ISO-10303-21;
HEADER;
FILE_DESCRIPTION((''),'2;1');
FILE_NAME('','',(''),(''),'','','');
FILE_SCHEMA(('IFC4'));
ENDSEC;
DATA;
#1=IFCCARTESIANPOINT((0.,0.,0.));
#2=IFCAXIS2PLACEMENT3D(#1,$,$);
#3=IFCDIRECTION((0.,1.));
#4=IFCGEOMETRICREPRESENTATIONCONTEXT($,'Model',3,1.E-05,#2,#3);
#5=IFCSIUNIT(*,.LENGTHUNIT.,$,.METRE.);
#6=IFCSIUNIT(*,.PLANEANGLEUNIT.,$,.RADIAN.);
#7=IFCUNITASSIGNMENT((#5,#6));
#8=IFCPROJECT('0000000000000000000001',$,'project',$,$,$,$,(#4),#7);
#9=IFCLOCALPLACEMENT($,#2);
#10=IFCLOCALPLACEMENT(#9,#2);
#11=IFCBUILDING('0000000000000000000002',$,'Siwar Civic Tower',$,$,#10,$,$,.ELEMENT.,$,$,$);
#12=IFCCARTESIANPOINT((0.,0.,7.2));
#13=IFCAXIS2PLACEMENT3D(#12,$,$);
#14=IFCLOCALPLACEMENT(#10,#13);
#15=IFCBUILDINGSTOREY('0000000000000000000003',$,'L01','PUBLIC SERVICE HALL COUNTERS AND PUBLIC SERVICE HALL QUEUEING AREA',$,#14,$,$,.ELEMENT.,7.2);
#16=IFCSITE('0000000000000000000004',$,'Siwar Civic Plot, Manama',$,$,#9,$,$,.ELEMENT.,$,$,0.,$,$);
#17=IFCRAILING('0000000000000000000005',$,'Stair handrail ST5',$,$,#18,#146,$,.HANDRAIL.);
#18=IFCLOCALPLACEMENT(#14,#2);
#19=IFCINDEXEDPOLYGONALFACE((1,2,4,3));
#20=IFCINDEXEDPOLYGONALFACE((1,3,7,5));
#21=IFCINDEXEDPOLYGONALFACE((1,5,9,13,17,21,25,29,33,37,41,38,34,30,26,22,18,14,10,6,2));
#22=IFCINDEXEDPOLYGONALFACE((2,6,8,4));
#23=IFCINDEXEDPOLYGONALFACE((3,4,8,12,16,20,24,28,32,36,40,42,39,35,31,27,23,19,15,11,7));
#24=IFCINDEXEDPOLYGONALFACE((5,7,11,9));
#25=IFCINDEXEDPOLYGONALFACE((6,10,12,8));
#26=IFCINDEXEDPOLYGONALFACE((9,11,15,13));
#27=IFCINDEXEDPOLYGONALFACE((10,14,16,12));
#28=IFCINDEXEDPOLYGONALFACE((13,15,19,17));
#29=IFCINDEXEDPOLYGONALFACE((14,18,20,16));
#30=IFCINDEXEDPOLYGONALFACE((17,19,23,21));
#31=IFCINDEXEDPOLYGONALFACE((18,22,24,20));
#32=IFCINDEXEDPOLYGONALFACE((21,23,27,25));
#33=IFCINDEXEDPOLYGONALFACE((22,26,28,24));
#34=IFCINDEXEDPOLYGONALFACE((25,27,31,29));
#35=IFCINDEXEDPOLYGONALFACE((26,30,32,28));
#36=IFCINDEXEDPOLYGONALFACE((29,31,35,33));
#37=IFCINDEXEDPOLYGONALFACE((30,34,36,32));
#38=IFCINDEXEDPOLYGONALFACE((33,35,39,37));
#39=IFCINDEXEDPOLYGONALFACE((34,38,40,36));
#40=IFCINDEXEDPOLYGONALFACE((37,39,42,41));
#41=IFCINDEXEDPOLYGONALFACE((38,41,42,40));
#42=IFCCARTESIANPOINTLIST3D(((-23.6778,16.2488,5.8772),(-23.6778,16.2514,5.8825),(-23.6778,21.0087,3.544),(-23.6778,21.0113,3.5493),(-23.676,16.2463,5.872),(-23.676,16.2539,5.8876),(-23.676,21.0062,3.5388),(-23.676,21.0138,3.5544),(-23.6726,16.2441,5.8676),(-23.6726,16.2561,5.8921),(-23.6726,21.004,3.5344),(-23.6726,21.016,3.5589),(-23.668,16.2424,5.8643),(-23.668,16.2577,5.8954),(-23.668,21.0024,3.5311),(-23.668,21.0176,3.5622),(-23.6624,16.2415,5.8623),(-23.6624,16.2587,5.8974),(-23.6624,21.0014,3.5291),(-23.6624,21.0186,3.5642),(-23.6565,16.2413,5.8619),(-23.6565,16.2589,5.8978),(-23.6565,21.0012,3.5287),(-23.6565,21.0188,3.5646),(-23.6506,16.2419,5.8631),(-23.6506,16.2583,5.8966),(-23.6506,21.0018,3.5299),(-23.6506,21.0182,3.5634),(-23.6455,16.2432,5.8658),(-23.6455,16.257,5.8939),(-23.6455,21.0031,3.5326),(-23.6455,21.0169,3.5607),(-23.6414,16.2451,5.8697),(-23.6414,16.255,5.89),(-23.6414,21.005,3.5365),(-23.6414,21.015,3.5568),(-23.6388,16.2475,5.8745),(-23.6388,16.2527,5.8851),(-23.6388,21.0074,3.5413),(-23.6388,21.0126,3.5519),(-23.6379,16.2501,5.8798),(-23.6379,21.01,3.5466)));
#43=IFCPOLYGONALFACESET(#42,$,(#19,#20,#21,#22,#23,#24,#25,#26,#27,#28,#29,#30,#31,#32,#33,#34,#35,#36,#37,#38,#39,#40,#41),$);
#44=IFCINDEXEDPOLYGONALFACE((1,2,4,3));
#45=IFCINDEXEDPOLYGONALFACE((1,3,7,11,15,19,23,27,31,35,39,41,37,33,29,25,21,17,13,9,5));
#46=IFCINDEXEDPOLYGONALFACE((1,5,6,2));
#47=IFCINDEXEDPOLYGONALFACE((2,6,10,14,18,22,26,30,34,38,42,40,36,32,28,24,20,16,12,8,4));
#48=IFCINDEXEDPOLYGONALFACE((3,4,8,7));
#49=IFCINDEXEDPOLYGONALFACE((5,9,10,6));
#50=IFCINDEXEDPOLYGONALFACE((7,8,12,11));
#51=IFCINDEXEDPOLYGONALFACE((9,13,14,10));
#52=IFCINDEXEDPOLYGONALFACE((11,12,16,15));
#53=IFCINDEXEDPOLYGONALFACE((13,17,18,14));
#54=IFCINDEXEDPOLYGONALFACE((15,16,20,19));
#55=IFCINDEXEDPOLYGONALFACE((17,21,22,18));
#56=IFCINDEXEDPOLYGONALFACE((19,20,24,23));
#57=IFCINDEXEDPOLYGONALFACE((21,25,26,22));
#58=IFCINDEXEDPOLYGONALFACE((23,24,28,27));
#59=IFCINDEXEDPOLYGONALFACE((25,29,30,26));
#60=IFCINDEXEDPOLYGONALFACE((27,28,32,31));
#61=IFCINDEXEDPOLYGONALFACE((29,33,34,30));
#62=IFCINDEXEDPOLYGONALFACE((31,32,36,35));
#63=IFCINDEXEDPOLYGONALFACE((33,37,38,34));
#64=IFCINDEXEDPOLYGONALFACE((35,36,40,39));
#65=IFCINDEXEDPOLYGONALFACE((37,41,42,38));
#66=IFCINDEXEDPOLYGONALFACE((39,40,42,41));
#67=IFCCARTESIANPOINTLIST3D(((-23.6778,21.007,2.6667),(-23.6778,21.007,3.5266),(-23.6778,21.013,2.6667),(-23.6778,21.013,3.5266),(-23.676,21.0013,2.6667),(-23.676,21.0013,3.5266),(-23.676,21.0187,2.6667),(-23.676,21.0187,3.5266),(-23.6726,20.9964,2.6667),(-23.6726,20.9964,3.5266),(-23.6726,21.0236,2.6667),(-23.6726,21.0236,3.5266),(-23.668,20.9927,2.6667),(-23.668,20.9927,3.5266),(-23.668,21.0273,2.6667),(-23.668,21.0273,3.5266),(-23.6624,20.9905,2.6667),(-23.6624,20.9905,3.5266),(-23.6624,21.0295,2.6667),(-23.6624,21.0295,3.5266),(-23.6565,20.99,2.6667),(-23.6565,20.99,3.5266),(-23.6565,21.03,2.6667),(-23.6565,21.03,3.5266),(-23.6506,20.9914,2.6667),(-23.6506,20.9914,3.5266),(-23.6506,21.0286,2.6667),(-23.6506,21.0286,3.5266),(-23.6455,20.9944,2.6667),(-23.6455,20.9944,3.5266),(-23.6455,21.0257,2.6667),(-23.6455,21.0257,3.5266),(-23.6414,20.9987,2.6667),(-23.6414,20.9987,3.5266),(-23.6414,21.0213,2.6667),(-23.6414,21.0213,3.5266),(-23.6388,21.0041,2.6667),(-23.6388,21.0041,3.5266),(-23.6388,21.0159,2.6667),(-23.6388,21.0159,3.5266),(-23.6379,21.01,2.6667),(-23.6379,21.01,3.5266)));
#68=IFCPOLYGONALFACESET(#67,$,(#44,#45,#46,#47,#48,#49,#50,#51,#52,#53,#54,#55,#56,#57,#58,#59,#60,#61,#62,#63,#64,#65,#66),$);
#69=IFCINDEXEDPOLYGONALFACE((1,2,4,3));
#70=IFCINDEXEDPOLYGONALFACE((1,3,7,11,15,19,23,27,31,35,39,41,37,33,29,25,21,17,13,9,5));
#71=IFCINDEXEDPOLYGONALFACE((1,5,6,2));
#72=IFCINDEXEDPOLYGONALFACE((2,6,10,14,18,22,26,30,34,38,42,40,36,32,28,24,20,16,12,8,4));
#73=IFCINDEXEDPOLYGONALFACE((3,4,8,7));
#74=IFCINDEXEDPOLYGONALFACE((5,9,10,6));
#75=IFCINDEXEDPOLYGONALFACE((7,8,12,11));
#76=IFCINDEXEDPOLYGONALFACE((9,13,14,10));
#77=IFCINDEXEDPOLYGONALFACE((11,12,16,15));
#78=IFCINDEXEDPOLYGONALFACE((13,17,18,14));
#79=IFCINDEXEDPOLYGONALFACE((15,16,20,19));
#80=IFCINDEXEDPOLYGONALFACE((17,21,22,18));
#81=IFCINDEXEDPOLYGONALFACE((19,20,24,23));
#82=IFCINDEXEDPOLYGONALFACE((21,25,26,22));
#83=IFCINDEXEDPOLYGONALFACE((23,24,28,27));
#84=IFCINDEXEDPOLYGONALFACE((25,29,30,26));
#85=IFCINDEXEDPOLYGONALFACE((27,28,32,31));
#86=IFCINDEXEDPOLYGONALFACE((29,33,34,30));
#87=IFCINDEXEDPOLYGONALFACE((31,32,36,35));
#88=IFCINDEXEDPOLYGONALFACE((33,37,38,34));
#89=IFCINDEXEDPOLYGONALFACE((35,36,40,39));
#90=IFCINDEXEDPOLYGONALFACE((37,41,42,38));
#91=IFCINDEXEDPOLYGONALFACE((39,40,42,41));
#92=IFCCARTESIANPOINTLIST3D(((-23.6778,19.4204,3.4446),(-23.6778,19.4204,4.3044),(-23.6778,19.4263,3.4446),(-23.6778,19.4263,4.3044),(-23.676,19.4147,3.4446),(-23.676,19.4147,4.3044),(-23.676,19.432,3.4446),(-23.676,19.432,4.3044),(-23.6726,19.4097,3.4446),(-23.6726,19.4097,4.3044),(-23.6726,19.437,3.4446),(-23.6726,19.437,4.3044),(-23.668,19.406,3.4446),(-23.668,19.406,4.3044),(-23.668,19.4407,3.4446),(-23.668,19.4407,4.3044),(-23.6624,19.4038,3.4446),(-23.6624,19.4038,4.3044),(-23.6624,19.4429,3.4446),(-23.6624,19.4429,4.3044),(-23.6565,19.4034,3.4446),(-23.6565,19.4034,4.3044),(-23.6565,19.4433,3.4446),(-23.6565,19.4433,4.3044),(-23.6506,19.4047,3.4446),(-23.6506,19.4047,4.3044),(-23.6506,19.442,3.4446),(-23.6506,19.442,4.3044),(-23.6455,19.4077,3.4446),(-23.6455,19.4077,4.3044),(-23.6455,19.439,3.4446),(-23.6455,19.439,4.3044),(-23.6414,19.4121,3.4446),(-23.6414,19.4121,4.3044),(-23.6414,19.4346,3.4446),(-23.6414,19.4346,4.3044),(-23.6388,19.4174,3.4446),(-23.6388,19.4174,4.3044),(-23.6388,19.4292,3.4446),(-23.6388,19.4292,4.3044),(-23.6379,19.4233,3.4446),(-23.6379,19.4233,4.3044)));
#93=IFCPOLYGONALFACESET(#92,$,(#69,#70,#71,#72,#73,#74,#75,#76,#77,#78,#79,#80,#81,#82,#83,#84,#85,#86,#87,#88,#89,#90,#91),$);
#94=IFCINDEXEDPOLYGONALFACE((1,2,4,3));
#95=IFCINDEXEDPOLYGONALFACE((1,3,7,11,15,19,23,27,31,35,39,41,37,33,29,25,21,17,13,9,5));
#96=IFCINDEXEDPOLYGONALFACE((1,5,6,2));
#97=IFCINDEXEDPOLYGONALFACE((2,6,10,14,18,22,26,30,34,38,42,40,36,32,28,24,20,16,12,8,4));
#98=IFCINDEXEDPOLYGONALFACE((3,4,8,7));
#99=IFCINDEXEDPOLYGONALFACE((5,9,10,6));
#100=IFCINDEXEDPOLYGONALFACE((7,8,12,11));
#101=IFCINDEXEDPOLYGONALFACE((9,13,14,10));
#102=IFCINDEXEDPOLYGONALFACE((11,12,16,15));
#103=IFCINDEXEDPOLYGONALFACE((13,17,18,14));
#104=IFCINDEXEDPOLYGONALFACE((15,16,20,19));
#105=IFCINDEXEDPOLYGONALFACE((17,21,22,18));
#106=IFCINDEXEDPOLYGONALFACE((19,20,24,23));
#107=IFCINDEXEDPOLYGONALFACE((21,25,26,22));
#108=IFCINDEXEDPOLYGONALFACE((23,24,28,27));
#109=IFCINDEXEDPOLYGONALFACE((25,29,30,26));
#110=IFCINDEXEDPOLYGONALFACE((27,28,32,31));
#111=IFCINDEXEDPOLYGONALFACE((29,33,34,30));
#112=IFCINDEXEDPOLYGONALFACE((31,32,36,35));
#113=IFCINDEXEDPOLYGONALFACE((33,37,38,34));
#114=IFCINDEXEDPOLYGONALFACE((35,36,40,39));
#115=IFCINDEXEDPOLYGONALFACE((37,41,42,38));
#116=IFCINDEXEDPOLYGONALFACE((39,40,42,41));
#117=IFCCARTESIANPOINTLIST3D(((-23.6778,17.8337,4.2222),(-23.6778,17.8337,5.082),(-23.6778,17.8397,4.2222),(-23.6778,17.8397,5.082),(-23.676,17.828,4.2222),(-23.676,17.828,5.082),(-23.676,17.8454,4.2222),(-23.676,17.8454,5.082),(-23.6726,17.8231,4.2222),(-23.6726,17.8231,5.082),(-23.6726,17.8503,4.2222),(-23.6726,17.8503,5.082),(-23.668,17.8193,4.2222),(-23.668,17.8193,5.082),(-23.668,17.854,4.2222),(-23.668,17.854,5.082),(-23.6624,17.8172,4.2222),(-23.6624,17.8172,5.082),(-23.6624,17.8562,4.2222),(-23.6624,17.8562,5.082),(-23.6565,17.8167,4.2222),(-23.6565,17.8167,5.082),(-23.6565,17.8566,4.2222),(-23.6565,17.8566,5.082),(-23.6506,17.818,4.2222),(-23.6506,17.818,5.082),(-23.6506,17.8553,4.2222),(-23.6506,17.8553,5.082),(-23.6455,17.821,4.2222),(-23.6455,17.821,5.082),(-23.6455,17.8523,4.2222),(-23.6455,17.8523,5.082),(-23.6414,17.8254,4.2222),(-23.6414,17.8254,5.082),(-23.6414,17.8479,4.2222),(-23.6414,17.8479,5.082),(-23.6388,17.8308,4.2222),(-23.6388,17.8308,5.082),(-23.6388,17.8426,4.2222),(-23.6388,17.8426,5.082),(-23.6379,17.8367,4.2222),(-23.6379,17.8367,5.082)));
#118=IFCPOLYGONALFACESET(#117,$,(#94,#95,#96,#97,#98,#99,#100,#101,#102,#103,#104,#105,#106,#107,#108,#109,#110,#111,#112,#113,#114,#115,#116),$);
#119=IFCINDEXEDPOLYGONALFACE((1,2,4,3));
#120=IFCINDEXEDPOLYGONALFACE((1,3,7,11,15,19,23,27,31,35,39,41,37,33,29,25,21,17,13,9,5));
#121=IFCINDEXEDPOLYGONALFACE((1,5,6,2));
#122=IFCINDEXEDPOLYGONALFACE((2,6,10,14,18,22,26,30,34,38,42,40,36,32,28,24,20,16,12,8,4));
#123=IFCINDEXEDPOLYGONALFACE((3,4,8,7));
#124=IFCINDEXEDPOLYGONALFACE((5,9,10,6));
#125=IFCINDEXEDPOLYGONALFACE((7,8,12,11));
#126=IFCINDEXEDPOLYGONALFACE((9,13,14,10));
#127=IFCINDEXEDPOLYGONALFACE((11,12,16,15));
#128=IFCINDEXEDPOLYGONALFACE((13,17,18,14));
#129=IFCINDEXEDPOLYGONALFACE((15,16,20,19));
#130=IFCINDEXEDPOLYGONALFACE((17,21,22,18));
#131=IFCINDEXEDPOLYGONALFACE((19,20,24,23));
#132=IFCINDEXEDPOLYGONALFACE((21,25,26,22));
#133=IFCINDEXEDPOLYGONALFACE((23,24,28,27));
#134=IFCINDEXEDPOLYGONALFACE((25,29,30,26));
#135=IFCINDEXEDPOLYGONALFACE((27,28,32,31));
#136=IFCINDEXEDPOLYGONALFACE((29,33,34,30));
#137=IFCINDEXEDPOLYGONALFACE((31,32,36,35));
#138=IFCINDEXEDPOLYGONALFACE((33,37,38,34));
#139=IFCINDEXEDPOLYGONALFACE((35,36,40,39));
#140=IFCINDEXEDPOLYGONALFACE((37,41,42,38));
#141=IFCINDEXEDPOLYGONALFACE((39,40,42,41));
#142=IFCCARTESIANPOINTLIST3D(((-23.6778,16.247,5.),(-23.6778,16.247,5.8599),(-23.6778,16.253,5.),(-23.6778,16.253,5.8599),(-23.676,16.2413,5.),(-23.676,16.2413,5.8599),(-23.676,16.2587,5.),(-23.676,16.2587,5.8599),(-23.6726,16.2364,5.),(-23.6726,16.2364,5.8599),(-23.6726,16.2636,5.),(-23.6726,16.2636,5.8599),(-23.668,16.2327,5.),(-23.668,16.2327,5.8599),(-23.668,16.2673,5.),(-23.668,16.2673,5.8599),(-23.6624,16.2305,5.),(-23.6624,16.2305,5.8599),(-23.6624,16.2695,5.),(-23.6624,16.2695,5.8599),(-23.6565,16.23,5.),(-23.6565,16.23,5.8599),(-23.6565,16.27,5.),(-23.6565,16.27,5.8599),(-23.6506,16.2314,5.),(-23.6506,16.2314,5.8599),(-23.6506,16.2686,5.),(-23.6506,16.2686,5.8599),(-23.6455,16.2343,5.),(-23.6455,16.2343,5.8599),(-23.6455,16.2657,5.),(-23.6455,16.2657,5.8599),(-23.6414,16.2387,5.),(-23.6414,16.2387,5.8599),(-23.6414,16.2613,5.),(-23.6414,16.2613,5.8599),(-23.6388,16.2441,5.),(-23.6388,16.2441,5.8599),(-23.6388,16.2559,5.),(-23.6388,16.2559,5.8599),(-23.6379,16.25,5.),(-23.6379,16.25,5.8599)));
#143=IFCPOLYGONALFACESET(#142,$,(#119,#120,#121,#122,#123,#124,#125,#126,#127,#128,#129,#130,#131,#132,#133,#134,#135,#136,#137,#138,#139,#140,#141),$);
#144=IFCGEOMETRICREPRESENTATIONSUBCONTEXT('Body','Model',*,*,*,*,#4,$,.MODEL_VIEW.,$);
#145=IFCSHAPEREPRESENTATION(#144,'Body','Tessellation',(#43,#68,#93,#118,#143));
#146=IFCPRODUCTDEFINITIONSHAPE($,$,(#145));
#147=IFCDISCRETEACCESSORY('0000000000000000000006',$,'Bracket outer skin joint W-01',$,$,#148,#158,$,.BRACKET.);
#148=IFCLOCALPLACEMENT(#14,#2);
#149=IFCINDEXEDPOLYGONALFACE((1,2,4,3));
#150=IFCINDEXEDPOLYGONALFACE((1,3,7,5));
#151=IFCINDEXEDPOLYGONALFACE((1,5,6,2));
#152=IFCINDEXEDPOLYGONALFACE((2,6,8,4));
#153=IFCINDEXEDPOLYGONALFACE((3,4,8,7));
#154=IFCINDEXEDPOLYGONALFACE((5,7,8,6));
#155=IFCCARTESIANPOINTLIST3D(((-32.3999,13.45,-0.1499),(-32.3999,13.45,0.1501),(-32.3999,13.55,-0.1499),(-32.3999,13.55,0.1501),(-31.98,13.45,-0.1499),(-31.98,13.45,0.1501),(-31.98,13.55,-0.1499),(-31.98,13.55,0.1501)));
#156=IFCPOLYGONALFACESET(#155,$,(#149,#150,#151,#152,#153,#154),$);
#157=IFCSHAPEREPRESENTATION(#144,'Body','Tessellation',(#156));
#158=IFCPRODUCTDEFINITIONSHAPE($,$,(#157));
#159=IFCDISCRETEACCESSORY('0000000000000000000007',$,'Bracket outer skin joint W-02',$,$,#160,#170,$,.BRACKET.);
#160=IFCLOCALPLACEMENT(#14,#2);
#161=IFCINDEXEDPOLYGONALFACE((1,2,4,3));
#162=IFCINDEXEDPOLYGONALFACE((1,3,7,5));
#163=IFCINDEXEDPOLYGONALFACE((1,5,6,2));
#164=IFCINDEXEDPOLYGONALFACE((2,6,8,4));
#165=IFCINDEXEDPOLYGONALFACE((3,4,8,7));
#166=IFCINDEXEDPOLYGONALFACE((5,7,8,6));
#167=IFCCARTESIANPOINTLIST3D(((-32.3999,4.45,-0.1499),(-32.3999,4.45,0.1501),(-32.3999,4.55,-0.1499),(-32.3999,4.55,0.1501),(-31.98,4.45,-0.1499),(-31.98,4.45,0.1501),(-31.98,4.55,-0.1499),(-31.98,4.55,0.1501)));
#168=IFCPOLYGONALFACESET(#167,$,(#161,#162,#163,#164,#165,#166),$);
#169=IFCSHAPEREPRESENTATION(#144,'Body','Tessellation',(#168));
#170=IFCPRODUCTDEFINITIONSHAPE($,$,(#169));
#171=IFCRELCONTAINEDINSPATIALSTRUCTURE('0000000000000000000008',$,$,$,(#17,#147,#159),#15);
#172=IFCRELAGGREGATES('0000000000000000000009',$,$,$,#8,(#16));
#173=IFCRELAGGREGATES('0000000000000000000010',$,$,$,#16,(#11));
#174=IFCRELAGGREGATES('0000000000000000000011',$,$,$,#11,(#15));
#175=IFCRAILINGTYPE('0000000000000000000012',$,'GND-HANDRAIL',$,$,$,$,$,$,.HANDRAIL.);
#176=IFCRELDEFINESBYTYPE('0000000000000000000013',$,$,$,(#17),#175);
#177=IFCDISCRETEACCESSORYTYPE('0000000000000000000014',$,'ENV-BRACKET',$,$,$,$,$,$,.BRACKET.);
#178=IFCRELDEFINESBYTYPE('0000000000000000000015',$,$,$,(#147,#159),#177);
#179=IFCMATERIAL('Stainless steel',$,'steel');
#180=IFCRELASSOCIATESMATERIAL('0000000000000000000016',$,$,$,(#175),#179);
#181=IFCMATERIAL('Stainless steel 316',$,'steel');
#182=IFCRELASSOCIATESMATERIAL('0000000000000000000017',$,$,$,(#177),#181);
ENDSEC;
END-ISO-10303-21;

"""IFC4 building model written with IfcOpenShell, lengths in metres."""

from ifc_helpers import new_model, si_unit, direction, frame, origin, origin_2d, place, context, subcontext, project, spatial, rectangle, circle, extrude, material, type_object, element, save


model = new_model("IFC4")

# Units and contexts
model_context = context("Model", 3, precision=1e-05, world=origin(), true_north=direction((0.0, 1.0)))
body_context = subcontext(model_context, "Body", "Model", "MODEL_VIEW")
ifc_project = project(units=[si_unit("LENGTHUNIT", "METRE"), si_unit("PLANEANGLEUNIT", "RADIAN")], contexts=[model_context])

# Site, building, storey
site_placement = place(None, origin())
site = spatial("IfcSite", under=ifc_project, at=site_placement, Name="Siwar Civic Plot, Manama", CompositionType="ELEMENT", RefElevation=0.0)
building_placement = place(site_placement, origin())
building = spatial("IfcBuilding", under=site, at=building_placement, Name="Siwar Civic Tower", CompositionType="ELEMENT")
storey_placement = place(building_placement, frame((0.0, 0.0, 7.2)))
storey = spatial("IfcBuildingStorey", under=building, at=storey_placement, Name="L01", Description="PUBLIC SERVICE HALL COUNTERS AND PUBLIC SERVICE HALL QUEUEING AREA", CompositionType="ELEMENT", Elevation=7.2)

# Railing
ifc_material_1 = material(Name="Stainless steel", Category="steel")
railing_type = type_object("IfcRailingType", Name="GND-HANDRAIL", PredefinedType="HANDRAIL", material=ifc_material_1)
railing_1_placement = place(storey_placement, frame((-23.658, 21.01, 2.6667)))
element("IfcRailing", 1, at=railing_1_placement, inside=storey, type_object=railing_type, Name="Stair handrail ST5", PredefinedType="HANDRAIL", context=body_context, shape_type="SweptSolid", body=[
    extrude(circle(Radius=0.02, at=origin_2d()), frame((0.0, 0.0, 0.8799), z_axis=(0.0, -0.897927, 0.440144), x_axis=(1.0, 0.0, 0.0)), (0.0, 0.0, 1.0), 5.301),
    extrude(circle(Radius=0.02, at=origin_2d()), origin(), (0.0, 0.0, 1.0), 0.8599),
    extrude(circle(Radius=0.02, at=origin_2d()), frame((0.0, -1.5867, 0.7778)), (0.0, 0.0, 1.0), 0.8599),
    extrude(circle(Radius=0.02, at=origin_2d()), frame((0.0, -3.1733, 1.5554)), (0.0, 0.0, 1.0), 0.8599),
    extrude(circle(Radius=0.02, at=origin_2d()), frame((0.0, -4.76, 2.3333)), (0.0, 0.0, 1.0), 0.8599),
])

# Discrete accessories
ifc_material_2 = material(Name="Stainless steel 316", Category="steel")
discrete_accessory_type = type_object("IfcDiscreteAccessoryType", Name="ENV-BRACKET", PredefinedType="BRACKET", material=ifc_material_2)
for number, where, z_axis, x_axis, name in (
    (2, (-32.1899, 13.5, -0.1499), (0.0, 0.0, 1.0), (-1.0, 0.0, 0.0), "Bracket outer skin joint W-01"),
    (3, (-32.1899, 4.5, -0.1499), (0.0, 0.0, 1.0), (-1.0, 0.0, 0.0), "Bracket outer skin joint W-02"),
):
    element("IfcDiscreteAccessory", number, at=place(storey_placement, frame(where, z_axis=z_axis, x_axis=x_axis)), inside=storey, type_object=discrete_accessory_type, Name=name, PredefinedType="BRACKET", context=body_context, shape_type="SweptSolid", body=[
        extrude(rectangle(XDim=0.4199, YDim=0.1001, at=origin_2d()), origin(), (0.0, 0.0, 1.0), 0.3),
    ])

save(model, "model.ifc")
